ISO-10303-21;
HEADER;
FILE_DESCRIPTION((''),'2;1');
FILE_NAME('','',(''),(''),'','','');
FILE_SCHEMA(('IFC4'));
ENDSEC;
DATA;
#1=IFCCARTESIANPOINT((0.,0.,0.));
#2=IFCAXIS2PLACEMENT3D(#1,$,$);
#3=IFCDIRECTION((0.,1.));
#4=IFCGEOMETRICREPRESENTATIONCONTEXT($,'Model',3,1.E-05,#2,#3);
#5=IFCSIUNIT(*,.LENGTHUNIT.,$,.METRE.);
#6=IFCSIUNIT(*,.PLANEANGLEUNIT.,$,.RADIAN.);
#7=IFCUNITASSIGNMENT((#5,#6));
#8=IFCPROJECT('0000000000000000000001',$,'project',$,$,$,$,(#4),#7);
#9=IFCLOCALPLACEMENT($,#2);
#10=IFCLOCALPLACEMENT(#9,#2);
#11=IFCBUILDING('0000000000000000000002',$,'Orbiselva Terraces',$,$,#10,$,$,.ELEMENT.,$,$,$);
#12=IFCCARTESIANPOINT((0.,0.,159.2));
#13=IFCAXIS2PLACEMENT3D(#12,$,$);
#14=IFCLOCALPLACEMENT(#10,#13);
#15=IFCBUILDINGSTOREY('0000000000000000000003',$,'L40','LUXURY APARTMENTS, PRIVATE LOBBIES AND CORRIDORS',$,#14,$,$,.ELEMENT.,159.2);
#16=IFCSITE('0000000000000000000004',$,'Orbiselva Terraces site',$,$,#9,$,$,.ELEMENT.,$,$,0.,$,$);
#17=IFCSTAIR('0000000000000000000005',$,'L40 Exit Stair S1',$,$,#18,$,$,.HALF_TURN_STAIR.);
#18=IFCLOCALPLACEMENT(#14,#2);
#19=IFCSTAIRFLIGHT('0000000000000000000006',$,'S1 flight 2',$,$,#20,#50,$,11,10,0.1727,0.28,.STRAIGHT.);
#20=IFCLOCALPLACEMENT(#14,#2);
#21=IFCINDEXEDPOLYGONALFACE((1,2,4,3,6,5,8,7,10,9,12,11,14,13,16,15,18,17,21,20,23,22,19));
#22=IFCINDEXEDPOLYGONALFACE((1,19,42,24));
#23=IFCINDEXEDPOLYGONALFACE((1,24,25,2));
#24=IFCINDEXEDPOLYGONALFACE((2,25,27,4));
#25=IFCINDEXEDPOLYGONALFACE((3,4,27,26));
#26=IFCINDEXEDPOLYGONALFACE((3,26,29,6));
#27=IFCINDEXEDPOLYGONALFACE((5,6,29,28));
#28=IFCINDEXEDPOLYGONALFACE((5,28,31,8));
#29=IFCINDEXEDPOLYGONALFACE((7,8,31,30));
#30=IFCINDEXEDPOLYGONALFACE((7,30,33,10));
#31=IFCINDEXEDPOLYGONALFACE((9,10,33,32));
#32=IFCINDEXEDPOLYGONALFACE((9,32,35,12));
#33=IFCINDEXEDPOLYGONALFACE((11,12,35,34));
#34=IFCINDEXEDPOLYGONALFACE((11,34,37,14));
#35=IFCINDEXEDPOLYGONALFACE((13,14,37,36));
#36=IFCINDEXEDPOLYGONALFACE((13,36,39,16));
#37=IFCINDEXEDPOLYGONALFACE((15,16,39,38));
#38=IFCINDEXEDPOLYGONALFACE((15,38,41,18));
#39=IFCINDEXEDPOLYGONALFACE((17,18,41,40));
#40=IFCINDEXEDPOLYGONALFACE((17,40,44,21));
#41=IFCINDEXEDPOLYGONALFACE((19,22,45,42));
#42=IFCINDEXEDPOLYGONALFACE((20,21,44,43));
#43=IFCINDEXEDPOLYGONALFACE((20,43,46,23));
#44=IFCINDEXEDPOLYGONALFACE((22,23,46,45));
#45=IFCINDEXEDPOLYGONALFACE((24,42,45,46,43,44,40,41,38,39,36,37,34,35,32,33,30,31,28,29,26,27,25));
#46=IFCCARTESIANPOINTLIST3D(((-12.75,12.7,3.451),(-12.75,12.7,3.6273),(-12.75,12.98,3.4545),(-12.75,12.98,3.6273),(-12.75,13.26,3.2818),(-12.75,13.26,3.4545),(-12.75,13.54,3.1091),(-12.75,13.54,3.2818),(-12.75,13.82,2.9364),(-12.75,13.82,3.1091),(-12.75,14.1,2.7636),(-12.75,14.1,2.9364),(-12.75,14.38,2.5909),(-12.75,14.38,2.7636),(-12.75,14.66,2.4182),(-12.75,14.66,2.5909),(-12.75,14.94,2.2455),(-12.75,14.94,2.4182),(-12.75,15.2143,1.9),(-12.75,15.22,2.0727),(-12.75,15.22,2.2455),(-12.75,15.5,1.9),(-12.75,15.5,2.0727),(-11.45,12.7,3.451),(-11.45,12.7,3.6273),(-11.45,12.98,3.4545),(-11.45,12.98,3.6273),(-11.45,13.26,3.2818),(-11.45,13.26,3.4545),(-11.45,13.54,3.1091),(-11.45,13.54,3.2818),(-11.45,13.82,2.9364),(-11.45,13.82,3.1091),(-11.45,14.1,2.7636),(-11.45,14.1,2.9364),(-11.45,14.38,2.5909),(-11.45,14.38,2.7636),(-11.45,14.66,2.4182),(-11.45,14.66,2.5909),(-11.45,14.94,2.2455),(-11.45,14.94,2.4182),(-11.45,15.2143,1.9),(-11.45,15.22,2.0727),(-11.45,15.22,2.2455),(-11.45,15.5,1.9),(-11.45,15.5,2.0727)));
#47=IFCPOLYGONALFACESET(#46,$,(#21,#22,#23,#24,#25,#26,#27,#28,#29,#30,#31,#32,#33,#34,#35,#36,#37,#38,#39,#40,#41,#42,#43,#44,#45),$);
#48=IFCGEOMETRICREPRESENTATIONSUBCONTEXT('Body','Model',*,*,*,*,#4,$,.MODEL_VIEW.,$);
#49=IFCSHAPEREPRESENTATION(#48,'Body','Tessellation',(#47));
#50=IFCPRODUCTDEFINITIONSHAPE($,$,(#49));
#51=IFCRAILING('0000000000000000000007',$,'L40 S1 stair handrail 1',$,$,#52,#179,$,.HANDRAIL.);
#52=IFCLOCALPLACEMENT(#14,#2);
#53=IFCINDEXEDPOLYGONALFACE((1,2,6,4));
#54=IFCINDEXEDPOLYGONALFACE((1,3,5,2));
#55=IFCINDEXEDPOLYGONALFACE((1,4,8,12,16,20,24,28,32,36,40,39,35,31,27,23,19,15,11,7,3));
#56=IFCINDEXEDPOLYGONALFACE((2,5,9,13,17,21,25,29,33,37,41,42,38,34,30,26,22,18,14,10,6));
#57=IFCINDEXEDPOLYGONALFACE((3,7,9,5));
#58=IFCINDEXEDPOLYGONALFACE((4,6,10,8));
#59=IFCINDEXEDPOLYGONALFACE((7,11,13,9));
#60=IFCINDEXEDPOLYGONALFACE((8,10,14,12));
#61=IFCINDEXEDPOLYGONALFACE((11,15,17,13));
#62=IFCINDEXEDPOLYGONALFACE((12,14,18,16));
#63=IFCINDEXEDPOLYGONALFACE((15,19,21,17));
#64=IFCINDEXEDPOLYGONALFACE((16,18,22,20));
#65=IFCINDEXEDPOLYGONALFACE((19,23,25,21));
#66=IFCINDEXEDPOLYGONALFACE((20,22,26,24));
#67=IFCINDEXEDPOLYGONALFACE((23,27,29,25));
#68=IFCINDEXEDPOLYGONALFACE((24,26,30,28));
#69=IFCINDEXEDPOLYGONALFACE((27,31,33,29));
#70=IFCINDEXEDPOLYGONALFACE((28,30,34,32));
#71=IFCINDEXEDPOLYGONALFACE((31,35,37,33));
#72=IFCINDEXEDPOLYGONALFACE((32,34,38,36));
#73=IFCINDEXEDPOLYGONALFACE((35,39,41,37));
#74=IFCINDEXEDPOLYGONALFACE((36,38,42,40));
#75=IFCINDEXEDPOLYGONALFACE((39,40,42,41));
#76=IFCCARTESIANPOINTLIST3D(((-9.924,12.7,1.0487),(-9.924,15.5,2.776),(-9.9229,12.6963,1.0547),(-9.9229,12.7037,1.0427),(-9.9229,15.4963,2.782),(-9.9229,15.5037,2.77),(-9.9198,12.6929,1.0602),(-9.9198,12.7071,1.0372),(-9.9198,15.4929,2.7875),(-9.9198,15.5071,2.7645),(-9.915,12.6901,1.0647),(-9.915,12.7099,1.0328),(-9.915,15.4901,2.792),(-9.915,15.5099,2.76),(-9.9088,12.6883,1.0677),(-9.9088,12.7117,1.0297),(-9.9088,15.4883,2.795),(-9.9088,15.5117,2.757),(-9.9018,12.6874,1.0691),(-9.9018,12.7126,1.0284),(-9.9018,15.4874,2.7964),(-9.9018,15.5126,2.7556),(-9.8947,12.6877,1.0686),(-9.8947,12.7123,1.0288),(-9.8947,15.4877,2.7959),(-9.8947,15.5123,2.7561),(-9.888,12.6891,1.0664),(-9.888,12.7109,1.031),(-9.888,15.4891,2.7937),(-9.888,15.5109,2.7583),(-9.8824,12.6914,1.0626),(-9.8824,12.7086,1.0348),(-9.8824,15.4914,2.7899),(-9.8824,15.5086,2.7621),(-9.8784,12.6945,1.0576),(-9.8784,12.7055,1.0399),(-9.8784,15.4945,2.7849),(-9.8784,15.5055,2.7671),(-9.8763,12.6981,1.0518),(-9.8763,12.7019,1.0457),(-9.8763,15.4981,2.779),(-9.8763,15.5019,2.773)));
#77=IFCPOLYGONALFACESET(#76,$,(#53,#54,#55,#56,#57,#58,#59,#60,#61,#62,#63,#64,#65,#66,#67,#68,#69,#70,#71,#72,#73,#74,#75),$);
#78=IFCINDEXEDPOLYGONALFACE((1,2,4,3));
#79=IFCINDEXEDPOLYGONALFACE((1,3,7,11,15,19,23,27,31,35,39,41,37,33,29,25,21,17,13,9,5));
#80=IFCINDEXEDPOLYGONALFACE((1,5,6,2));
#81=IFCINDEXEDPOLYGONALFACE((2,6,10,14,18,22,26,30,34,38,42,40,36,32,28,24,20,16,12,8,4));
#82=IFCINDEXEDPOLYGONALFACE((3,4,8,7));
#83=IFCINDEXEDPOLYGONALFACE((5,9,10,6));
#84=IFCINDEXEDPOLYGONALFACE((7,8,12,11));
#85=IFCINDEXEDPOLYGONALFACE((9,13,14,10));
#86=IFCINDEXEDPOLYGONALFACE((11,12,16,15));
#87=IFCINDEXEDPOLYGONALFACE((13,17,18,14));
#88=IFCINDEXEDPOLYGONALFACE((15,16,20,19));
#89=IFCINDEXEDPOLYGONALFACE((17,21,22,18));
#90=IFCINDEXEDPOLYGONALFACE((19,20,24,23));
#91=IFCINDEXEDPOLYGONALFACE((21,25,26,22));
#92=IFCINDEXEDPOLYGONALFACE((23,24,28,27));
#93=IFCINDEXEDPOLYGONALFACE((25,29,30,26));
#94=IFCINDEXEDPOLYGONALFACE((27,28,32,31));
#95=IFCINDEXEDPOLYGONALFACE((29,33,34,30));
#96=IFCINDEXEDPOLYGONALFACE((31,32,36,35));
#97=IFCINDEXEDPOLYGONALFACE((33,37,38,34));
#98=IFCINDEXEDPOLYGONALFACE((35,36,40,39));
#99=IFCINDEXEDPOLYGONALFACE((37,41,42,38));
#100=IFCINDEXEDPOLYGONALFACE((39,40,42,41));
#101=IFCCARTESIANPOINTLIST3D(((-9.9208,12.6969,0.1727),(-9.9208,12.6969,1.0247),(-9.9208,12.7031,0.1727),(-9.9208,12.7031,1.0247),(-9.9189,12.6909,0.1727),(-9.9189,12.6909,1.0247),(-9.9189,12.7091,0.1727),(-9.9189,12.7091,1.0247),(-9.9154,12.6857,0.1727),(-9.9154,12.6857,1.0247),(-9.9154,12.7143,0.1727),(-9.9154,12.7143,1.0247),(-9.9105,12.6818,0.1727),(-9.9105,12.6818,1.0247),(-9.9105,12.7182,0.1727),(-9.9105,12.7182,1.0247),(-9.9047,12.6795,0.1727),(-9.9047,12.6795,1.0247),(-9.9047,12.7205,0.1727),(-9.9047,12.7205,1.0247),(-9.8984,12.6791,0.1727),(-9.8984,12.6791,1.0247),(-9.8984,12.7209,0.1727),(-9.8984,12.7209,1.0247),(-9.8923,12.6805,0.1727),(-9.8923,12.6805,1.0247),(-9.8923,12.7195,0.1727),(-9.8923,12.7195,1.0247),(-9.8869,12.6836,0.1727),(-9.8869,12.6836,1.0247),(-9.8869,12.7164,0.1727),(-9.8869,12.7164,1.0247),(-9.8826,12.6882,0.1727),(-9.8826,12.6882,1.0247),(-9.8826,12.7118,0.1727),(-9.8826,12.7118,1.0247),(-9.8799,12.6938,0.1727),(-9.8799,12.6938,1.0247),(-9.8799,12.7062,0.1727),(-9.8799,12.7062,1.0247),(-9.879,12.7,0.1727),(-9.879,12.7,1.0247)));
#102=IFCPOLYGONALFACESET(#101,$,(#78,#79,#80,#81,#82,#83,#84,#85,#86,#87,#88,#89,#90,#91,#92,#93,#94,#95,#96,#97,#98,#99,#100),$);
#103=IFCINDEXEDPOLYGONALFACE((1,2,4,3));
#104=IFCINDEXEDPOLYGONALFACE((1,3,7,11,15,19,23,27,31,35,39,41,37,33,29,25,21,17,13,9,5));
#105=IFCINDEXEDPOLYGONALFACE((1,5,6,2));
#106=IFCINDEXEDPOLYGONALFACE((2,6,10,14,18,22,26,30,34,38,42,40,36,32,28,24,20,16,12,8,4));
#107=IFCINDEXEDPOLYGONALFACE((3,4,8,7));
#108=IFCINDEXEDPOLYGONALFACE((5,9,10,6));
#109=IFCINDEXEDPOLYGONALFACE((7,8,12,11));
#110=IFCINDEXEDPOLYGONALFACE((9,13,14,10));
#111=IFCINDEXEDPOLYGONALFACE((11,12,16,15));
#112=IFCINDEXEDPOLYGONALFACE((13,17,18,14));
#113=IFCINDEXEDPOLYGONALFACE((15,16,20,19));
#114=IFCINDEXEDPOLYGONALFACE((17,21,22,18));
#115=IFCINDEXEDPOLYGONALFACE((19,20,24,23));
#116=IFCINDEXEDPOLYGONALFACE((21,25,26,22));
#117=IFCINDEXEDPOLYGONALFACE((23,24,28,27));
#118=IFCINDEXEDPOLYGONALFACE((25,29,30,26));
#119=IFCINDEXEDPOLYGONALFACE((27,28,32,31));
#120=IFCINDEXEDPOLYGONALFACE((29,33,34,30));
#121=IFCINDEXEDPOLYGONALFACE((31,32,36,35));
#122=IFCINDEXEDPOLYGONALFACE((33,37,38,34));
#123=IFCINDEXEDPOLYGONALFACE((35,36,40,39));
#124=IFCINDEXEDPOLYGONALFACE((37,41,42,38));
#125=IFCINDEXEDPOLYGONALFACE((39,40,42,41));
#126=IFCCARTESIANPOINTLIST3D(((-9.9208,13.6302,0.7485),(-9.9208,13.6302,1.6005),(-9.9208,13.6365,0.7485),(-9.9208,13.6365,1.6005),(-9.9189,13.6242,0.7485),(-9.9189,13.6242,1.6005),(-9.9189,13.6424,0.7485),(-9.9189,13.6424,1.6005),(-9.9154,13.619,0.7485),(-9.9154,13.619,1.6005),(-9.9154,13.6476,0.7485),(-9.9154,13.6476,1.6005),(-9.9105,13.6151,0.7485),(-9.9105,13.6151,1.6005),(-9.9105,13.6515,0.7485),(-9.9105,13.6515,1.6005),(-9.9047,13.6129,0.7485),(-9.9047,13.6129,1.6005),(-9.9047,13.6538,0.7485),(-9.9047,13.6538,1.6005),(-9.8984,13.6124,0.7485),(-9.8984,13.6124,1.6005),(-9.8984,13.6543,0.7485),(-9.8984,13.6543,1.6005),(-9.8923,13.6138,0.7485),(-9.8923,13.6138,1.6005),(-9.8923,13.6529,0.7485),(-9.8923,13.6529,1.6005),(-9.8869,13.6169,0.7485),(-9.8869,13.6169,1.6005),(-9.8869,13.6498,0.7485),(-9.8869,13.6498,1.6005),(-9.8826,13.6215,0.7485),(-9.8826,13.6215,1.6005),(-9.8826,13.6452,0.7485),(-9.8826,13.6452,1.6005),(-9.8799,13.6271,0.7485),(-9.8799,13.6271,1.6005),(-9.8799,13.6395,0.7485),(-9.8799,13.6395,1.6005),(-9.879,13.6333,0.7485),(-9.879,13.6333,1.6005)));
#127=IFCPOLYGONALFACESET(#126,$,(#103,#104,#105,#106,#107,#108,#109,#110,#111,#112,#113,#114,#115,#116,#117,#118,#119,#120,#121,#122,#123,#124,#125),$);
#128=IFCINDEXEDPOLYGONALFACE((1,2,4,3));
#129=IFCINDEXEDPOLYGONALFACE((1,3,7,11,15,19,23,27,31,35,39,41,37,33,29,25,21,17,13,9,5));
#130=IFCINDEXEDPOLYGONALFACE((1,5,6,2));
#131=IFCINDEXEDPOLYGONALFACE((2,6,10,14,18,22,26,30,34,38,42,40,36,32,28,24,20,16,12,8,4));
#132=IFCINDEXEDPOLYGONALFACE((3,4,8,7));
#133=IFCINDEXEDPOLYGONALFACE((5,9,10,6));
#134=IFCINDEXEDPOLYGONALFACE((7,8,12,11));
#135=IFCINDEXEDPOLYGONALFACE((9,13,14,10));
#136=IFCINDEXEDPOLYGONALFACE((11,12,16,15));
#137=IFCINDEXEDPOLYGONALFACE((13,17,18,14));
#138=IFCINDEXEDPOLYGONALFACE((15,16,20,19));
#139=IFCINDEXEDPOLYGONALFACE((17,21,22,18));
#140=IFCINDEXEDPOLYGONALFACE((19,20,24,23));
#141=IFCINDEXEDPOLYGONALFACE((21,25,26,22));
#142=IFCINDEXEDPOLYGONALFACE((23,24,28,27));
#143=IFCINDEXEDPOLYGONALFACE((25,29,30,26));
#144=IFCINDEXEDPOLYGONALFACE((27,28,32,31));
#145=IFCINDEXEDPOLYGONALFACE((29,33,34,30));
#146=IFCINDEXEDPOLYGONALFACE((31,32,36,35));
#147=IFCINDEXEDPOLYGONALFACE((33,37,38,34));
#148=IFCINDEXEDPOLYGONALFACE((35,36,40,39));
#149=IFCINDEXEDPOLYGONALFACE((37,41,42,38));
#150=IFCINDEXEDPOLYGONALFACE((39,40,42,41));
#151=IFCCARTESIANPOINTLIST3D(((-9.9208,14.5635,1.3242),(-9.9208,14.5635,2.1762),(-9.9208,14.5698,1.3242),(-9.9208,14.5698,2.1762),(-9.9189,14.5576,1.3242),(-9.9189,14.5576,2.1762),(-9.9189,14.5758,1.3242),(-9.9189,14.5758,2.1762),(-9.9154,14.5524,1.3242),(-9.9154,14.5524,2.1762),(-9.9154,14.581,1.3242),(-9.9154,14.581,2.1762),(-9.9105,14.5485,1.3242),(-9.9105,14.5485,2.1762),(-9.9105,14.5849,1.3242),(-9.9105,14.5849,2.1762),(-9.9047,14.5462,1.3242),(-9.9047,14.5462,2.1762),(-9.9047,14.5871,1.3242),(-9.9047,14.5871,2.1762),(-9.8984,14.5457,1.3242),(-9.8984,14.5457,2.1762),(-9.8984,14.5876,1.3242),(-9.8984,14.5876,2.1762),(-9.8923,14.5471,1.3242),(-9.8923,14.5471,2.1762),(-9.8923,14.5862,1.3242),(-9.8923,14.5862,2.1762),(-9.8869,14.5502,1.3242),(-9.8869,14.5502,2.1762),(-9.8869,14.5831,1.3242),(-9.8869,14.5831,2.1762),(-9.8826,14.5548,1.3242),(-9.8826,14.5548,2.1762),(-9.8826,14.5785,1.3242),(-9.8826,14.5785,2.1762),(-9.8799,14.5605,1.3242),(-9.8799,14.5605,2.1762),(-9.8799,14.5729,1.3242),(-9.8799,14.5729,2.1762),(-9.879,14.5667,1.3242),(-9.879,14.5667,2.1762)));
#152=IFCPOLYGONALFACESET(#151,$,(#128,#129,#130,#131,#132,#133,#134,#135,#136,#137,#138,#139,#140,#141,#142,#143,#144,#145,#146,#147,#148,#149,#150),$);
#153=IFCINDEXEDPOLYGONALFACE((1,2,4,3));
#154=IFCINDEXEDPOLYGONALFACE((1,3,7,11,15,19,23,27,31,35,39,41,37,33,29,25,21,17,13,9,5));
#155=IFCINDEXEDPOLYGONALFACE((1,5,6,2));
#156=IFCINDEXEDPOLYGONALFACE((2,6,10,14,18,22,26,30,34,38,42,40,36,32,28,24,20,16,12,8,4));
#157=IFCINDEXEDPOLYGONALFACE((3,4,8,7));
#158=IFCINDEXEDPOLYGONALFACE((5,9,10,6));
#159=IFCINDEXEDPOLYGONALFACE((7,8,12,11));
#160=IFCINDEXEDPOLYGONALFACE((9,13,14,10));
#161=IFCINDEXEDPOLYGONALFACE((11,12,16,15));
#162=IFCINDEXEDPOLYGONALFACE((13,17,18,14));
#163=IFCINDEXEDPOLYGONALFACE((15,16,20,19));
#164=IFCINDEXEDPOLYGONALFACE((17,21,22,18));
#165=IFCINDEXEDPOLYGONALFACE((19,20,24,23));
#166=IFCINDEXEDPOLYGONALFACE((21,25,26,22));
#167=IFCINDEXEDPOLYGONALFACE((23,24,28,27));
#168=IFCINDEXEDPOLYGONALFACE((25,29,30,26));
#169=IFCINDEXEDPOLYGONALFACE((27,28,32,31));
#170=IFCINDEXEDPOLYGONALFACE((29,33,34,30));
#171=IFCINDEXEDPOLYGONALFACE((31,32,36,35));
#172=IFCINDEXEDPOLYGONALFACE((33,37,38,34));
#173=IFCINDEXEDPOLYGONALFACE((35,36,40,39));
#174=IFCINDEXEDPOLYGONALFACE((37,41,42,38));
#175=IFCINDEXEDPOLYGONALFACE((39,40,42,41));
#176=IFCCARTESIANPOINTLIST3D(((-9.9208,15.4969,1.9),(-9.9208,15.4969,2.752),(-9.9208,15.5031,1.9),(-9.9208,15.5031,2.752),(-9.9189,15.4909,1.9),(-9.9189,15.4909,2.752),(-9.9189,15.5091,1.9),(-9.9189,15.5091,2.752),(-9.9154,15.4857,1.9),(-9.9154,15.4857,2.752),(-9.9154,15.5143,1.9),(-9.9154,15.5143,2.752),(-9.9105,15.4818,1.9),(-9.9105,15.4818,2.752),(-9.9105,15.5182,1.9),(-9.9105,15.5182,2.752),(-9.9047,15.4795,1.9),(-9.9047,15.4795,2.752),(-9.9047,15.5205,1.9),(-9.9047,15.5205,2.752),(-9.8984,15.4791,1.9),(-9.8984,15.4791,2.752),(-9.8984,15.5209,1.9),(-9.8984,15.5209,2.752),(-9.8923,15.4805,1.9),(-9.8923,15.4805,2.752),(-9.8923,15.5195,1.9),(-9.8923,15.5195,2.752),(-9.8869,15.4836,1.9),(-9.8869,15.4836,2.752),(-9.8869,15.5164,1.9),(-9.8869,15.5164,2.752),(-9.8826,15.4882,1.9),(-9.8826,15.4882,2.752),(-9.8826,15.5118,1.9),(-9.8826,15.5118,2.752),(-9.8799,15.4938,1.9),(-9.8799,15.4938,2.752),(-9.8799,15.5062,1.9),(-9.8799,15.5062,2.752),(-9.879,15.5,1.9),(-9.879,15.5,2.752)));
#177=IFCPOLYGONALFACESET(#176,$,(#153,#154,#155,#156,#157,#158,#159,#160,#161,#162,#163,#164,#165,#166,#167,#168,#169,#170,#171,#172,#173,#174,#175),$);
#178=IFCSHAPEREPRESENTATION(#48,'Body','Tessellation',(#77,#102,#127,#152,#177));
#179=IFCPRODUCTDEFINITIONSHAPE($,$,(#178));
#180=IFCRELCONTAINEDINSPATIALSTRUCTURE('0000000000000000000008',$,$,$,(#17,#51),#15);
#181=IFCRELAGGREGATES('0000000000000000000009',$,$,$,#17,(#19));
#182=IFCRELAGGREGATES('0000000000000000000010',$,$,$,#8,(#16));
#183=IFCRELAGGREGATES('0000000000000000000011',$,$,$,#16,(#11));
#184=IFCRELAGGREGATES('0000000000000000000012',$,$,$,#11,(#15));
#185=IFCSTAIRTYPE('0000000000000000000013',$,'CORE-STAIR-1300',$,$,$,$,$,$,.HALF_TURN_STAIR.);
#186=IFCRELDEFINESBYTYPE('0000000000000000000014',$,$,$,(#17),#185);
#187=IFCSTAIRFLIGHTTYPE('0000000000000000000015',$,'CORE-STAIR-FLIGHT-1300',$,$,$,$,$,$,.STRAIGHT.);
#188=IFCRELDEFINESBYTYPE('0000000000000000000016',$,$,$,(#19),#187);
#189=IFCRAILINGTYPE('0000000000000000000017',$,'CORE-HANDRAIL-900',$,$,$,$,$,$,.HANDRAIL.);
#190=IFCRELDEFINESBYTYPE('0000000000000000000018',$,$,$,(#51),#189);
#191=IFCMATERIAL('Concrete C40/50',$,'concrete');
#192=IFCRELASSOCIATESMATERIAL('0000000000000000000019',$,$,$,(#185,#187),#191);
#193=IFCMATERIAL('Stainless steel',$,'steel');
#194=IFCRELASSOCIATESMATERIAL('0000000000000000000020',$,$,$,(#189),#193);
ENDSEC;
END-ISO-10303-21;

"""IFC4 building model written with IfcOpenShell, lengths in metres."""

from ifc_helpers import new_model, si_unit, direction, frame, origin, origin_2d, place, context, subcontext, project, spatial, polyline, circle, outline, extrude, material, type_object, element, aggregate, save


model = new_model("IFC4")

# Units and contexts
model_context = context("Model", 3, precision=1e-05, world=origin(), true_north=direction((0.0, 1.0)))
body_context = subcontext(model_context, "Body", "Model", "MODEL_VIEW")
ifc_project = project(units=[si_unit("LENGTHUNIT", "METRE"), si_unit("PLANEANGLEUNIT", "RADIAN")], contexts=[model_context])

# Site, building, storey
site_placement = place(None, origin())
site = spatial("IfcSite", under=ifc_project, at=site_placement, Name="Orbiselva Terraces site", CompositionType="ELEMENT", RefElevation=0.0)
building_placement = place(site_placement, origin())
building = spatial("IfcBuilding", under=site, at=building_placement, Name="Orbiselva Terraces", CompositionType="ELEMENT")
storey_placement = place(building_placement, frame((0.0, 0.0, 159.2)))
storey = spatial("IfcBuildingStorey", under=building, at=storey_placement, Name="L40", Description="LUXURY APARTMENTS, PRIVATE LOBBIES AND CORRIDORS", CompositionType="ELEMENT", Elevation=159.2)

# Shared definitions
ifc_material_1 = material(Name="Concrete C40/50", Category="concrete")

# Stair, stair flight
stair_type = type_object("IfcStairType", Name="CORE-STAIR-1300", PredefinedType="HALF_TURN_STAIR", material=ifc_material_1)
stair_placement = place(storey_placement, origin())
stair = element("IfcStair", 1, at=stair_placement, inside=storey, type_object=stair_type, Name="L40 Exit Stair S1", PredefinedType="HALF_TURN_STAIR")
stair_flight_type = type_object("IfcStairFlightType", Name="CORE-STAIR-FLIGHT-1300", PredefinedType="STRAIGHT", material=ifc_material_1)
stair_flight_placement = place(storey_placement, frame((-12.1, 15.5, 1.9), z_axis=(0.0, 0.0, 1.0), x_axis=(0.0, -1.0, 0.0)))
stair_flight = element("IfcStairFlight", 2, at=stair_flight_placement, type_object=stair_flight_type, Name="S1 flight 2", NumberOfRisers=11, NumberOfTreads=10, PredefinedType="STRAIGHT", RiserHeight=0.1727, TreadLength=0.28, context=body_context, shape_type="SweptSolid", body=[
    extrude(outline(polyline([(0.0, 0.0), (0.0, 0.1727), (0.28, 0.1727), (0.28, 0.3455), (0.56, 0.3455), (0.56, 0.5182), (0.84, 0.5182), (0.84, 0.6909), (1.12, 0.6909), (1.12, 0.8636), (1.4, 0.8636), (1.4, 1.0364), (1.68, 1.0364), (1.68, 1.2091), (1.96, 1.2091), (1.96, 1.3818), (2.24, 1.3818), (2.24, 1.5545), (2.52, 1.5545), (2.52, 1.7273), (2.8, 1.7273), (2.8, 1.9), (2.8, 1.551), (0.2857, 0.0), (0.0, 0.0)])), frame((0.0, 0.65, 0.0), z_axis=(0.0, -1.0, 0.0), x_axis=(1.0, 0.0, 0.0)), (0.0, 0.0, 1.0), 1.3),
])
aggregate(stair, [stair_flight])

# Railing
ifc_material_2 = material(Name="Stainless steel", Category="steel")
railing_type = type_object("IfcRailingType", Name="CORE-HANDRAIL-900", PredefinedType="HANDRAIL", material=ifc_material_2)
railing_1_placement = place(storey_placement, frame((-9.9, 12.7, 0.1727)))
element("IfcRailing", 3, at=railing_1_placement, inside=storey, type_object=railing_type, Name="L40 S1 stair handrail 1", PredefinedType="HANDRAIL", context=body_context, shape_type="SweptSolid", body=[
    extrude(circle(Radius=0.024, at=origin_2d()), frame((0.0, 0.0, 0.876), z_axis=(0.0, 0.851089, 0.525022), x_axis=(-1.0, 0.0, 0.0)), (0.0, 0.0, 1.0), 3.2899),
    extrude(circle(Radius=0.021, at=origin_2d()), origin(), (0.0, 0.0, 1.0), 0.852),
    extrude(circle(Radius=0.021, at=origin_2d()), frame((0.0, 0.9333, 0.5758)), (0.0, 0.0, 1.0), 0.852),
    extrude(circle(Radius=0.021, at=origin_2d()), frame((0.0, 1.8667, 1.1515)), (0.0, 0.0, 1.0), 0.852),
    extrude(circle(Radius=0.021, at=origin_2d()), frame((0.0, 2.8, 1.7273)), (0.0, 0.0, 1.0), 0.852),
])

save(model, "model.ifc")
